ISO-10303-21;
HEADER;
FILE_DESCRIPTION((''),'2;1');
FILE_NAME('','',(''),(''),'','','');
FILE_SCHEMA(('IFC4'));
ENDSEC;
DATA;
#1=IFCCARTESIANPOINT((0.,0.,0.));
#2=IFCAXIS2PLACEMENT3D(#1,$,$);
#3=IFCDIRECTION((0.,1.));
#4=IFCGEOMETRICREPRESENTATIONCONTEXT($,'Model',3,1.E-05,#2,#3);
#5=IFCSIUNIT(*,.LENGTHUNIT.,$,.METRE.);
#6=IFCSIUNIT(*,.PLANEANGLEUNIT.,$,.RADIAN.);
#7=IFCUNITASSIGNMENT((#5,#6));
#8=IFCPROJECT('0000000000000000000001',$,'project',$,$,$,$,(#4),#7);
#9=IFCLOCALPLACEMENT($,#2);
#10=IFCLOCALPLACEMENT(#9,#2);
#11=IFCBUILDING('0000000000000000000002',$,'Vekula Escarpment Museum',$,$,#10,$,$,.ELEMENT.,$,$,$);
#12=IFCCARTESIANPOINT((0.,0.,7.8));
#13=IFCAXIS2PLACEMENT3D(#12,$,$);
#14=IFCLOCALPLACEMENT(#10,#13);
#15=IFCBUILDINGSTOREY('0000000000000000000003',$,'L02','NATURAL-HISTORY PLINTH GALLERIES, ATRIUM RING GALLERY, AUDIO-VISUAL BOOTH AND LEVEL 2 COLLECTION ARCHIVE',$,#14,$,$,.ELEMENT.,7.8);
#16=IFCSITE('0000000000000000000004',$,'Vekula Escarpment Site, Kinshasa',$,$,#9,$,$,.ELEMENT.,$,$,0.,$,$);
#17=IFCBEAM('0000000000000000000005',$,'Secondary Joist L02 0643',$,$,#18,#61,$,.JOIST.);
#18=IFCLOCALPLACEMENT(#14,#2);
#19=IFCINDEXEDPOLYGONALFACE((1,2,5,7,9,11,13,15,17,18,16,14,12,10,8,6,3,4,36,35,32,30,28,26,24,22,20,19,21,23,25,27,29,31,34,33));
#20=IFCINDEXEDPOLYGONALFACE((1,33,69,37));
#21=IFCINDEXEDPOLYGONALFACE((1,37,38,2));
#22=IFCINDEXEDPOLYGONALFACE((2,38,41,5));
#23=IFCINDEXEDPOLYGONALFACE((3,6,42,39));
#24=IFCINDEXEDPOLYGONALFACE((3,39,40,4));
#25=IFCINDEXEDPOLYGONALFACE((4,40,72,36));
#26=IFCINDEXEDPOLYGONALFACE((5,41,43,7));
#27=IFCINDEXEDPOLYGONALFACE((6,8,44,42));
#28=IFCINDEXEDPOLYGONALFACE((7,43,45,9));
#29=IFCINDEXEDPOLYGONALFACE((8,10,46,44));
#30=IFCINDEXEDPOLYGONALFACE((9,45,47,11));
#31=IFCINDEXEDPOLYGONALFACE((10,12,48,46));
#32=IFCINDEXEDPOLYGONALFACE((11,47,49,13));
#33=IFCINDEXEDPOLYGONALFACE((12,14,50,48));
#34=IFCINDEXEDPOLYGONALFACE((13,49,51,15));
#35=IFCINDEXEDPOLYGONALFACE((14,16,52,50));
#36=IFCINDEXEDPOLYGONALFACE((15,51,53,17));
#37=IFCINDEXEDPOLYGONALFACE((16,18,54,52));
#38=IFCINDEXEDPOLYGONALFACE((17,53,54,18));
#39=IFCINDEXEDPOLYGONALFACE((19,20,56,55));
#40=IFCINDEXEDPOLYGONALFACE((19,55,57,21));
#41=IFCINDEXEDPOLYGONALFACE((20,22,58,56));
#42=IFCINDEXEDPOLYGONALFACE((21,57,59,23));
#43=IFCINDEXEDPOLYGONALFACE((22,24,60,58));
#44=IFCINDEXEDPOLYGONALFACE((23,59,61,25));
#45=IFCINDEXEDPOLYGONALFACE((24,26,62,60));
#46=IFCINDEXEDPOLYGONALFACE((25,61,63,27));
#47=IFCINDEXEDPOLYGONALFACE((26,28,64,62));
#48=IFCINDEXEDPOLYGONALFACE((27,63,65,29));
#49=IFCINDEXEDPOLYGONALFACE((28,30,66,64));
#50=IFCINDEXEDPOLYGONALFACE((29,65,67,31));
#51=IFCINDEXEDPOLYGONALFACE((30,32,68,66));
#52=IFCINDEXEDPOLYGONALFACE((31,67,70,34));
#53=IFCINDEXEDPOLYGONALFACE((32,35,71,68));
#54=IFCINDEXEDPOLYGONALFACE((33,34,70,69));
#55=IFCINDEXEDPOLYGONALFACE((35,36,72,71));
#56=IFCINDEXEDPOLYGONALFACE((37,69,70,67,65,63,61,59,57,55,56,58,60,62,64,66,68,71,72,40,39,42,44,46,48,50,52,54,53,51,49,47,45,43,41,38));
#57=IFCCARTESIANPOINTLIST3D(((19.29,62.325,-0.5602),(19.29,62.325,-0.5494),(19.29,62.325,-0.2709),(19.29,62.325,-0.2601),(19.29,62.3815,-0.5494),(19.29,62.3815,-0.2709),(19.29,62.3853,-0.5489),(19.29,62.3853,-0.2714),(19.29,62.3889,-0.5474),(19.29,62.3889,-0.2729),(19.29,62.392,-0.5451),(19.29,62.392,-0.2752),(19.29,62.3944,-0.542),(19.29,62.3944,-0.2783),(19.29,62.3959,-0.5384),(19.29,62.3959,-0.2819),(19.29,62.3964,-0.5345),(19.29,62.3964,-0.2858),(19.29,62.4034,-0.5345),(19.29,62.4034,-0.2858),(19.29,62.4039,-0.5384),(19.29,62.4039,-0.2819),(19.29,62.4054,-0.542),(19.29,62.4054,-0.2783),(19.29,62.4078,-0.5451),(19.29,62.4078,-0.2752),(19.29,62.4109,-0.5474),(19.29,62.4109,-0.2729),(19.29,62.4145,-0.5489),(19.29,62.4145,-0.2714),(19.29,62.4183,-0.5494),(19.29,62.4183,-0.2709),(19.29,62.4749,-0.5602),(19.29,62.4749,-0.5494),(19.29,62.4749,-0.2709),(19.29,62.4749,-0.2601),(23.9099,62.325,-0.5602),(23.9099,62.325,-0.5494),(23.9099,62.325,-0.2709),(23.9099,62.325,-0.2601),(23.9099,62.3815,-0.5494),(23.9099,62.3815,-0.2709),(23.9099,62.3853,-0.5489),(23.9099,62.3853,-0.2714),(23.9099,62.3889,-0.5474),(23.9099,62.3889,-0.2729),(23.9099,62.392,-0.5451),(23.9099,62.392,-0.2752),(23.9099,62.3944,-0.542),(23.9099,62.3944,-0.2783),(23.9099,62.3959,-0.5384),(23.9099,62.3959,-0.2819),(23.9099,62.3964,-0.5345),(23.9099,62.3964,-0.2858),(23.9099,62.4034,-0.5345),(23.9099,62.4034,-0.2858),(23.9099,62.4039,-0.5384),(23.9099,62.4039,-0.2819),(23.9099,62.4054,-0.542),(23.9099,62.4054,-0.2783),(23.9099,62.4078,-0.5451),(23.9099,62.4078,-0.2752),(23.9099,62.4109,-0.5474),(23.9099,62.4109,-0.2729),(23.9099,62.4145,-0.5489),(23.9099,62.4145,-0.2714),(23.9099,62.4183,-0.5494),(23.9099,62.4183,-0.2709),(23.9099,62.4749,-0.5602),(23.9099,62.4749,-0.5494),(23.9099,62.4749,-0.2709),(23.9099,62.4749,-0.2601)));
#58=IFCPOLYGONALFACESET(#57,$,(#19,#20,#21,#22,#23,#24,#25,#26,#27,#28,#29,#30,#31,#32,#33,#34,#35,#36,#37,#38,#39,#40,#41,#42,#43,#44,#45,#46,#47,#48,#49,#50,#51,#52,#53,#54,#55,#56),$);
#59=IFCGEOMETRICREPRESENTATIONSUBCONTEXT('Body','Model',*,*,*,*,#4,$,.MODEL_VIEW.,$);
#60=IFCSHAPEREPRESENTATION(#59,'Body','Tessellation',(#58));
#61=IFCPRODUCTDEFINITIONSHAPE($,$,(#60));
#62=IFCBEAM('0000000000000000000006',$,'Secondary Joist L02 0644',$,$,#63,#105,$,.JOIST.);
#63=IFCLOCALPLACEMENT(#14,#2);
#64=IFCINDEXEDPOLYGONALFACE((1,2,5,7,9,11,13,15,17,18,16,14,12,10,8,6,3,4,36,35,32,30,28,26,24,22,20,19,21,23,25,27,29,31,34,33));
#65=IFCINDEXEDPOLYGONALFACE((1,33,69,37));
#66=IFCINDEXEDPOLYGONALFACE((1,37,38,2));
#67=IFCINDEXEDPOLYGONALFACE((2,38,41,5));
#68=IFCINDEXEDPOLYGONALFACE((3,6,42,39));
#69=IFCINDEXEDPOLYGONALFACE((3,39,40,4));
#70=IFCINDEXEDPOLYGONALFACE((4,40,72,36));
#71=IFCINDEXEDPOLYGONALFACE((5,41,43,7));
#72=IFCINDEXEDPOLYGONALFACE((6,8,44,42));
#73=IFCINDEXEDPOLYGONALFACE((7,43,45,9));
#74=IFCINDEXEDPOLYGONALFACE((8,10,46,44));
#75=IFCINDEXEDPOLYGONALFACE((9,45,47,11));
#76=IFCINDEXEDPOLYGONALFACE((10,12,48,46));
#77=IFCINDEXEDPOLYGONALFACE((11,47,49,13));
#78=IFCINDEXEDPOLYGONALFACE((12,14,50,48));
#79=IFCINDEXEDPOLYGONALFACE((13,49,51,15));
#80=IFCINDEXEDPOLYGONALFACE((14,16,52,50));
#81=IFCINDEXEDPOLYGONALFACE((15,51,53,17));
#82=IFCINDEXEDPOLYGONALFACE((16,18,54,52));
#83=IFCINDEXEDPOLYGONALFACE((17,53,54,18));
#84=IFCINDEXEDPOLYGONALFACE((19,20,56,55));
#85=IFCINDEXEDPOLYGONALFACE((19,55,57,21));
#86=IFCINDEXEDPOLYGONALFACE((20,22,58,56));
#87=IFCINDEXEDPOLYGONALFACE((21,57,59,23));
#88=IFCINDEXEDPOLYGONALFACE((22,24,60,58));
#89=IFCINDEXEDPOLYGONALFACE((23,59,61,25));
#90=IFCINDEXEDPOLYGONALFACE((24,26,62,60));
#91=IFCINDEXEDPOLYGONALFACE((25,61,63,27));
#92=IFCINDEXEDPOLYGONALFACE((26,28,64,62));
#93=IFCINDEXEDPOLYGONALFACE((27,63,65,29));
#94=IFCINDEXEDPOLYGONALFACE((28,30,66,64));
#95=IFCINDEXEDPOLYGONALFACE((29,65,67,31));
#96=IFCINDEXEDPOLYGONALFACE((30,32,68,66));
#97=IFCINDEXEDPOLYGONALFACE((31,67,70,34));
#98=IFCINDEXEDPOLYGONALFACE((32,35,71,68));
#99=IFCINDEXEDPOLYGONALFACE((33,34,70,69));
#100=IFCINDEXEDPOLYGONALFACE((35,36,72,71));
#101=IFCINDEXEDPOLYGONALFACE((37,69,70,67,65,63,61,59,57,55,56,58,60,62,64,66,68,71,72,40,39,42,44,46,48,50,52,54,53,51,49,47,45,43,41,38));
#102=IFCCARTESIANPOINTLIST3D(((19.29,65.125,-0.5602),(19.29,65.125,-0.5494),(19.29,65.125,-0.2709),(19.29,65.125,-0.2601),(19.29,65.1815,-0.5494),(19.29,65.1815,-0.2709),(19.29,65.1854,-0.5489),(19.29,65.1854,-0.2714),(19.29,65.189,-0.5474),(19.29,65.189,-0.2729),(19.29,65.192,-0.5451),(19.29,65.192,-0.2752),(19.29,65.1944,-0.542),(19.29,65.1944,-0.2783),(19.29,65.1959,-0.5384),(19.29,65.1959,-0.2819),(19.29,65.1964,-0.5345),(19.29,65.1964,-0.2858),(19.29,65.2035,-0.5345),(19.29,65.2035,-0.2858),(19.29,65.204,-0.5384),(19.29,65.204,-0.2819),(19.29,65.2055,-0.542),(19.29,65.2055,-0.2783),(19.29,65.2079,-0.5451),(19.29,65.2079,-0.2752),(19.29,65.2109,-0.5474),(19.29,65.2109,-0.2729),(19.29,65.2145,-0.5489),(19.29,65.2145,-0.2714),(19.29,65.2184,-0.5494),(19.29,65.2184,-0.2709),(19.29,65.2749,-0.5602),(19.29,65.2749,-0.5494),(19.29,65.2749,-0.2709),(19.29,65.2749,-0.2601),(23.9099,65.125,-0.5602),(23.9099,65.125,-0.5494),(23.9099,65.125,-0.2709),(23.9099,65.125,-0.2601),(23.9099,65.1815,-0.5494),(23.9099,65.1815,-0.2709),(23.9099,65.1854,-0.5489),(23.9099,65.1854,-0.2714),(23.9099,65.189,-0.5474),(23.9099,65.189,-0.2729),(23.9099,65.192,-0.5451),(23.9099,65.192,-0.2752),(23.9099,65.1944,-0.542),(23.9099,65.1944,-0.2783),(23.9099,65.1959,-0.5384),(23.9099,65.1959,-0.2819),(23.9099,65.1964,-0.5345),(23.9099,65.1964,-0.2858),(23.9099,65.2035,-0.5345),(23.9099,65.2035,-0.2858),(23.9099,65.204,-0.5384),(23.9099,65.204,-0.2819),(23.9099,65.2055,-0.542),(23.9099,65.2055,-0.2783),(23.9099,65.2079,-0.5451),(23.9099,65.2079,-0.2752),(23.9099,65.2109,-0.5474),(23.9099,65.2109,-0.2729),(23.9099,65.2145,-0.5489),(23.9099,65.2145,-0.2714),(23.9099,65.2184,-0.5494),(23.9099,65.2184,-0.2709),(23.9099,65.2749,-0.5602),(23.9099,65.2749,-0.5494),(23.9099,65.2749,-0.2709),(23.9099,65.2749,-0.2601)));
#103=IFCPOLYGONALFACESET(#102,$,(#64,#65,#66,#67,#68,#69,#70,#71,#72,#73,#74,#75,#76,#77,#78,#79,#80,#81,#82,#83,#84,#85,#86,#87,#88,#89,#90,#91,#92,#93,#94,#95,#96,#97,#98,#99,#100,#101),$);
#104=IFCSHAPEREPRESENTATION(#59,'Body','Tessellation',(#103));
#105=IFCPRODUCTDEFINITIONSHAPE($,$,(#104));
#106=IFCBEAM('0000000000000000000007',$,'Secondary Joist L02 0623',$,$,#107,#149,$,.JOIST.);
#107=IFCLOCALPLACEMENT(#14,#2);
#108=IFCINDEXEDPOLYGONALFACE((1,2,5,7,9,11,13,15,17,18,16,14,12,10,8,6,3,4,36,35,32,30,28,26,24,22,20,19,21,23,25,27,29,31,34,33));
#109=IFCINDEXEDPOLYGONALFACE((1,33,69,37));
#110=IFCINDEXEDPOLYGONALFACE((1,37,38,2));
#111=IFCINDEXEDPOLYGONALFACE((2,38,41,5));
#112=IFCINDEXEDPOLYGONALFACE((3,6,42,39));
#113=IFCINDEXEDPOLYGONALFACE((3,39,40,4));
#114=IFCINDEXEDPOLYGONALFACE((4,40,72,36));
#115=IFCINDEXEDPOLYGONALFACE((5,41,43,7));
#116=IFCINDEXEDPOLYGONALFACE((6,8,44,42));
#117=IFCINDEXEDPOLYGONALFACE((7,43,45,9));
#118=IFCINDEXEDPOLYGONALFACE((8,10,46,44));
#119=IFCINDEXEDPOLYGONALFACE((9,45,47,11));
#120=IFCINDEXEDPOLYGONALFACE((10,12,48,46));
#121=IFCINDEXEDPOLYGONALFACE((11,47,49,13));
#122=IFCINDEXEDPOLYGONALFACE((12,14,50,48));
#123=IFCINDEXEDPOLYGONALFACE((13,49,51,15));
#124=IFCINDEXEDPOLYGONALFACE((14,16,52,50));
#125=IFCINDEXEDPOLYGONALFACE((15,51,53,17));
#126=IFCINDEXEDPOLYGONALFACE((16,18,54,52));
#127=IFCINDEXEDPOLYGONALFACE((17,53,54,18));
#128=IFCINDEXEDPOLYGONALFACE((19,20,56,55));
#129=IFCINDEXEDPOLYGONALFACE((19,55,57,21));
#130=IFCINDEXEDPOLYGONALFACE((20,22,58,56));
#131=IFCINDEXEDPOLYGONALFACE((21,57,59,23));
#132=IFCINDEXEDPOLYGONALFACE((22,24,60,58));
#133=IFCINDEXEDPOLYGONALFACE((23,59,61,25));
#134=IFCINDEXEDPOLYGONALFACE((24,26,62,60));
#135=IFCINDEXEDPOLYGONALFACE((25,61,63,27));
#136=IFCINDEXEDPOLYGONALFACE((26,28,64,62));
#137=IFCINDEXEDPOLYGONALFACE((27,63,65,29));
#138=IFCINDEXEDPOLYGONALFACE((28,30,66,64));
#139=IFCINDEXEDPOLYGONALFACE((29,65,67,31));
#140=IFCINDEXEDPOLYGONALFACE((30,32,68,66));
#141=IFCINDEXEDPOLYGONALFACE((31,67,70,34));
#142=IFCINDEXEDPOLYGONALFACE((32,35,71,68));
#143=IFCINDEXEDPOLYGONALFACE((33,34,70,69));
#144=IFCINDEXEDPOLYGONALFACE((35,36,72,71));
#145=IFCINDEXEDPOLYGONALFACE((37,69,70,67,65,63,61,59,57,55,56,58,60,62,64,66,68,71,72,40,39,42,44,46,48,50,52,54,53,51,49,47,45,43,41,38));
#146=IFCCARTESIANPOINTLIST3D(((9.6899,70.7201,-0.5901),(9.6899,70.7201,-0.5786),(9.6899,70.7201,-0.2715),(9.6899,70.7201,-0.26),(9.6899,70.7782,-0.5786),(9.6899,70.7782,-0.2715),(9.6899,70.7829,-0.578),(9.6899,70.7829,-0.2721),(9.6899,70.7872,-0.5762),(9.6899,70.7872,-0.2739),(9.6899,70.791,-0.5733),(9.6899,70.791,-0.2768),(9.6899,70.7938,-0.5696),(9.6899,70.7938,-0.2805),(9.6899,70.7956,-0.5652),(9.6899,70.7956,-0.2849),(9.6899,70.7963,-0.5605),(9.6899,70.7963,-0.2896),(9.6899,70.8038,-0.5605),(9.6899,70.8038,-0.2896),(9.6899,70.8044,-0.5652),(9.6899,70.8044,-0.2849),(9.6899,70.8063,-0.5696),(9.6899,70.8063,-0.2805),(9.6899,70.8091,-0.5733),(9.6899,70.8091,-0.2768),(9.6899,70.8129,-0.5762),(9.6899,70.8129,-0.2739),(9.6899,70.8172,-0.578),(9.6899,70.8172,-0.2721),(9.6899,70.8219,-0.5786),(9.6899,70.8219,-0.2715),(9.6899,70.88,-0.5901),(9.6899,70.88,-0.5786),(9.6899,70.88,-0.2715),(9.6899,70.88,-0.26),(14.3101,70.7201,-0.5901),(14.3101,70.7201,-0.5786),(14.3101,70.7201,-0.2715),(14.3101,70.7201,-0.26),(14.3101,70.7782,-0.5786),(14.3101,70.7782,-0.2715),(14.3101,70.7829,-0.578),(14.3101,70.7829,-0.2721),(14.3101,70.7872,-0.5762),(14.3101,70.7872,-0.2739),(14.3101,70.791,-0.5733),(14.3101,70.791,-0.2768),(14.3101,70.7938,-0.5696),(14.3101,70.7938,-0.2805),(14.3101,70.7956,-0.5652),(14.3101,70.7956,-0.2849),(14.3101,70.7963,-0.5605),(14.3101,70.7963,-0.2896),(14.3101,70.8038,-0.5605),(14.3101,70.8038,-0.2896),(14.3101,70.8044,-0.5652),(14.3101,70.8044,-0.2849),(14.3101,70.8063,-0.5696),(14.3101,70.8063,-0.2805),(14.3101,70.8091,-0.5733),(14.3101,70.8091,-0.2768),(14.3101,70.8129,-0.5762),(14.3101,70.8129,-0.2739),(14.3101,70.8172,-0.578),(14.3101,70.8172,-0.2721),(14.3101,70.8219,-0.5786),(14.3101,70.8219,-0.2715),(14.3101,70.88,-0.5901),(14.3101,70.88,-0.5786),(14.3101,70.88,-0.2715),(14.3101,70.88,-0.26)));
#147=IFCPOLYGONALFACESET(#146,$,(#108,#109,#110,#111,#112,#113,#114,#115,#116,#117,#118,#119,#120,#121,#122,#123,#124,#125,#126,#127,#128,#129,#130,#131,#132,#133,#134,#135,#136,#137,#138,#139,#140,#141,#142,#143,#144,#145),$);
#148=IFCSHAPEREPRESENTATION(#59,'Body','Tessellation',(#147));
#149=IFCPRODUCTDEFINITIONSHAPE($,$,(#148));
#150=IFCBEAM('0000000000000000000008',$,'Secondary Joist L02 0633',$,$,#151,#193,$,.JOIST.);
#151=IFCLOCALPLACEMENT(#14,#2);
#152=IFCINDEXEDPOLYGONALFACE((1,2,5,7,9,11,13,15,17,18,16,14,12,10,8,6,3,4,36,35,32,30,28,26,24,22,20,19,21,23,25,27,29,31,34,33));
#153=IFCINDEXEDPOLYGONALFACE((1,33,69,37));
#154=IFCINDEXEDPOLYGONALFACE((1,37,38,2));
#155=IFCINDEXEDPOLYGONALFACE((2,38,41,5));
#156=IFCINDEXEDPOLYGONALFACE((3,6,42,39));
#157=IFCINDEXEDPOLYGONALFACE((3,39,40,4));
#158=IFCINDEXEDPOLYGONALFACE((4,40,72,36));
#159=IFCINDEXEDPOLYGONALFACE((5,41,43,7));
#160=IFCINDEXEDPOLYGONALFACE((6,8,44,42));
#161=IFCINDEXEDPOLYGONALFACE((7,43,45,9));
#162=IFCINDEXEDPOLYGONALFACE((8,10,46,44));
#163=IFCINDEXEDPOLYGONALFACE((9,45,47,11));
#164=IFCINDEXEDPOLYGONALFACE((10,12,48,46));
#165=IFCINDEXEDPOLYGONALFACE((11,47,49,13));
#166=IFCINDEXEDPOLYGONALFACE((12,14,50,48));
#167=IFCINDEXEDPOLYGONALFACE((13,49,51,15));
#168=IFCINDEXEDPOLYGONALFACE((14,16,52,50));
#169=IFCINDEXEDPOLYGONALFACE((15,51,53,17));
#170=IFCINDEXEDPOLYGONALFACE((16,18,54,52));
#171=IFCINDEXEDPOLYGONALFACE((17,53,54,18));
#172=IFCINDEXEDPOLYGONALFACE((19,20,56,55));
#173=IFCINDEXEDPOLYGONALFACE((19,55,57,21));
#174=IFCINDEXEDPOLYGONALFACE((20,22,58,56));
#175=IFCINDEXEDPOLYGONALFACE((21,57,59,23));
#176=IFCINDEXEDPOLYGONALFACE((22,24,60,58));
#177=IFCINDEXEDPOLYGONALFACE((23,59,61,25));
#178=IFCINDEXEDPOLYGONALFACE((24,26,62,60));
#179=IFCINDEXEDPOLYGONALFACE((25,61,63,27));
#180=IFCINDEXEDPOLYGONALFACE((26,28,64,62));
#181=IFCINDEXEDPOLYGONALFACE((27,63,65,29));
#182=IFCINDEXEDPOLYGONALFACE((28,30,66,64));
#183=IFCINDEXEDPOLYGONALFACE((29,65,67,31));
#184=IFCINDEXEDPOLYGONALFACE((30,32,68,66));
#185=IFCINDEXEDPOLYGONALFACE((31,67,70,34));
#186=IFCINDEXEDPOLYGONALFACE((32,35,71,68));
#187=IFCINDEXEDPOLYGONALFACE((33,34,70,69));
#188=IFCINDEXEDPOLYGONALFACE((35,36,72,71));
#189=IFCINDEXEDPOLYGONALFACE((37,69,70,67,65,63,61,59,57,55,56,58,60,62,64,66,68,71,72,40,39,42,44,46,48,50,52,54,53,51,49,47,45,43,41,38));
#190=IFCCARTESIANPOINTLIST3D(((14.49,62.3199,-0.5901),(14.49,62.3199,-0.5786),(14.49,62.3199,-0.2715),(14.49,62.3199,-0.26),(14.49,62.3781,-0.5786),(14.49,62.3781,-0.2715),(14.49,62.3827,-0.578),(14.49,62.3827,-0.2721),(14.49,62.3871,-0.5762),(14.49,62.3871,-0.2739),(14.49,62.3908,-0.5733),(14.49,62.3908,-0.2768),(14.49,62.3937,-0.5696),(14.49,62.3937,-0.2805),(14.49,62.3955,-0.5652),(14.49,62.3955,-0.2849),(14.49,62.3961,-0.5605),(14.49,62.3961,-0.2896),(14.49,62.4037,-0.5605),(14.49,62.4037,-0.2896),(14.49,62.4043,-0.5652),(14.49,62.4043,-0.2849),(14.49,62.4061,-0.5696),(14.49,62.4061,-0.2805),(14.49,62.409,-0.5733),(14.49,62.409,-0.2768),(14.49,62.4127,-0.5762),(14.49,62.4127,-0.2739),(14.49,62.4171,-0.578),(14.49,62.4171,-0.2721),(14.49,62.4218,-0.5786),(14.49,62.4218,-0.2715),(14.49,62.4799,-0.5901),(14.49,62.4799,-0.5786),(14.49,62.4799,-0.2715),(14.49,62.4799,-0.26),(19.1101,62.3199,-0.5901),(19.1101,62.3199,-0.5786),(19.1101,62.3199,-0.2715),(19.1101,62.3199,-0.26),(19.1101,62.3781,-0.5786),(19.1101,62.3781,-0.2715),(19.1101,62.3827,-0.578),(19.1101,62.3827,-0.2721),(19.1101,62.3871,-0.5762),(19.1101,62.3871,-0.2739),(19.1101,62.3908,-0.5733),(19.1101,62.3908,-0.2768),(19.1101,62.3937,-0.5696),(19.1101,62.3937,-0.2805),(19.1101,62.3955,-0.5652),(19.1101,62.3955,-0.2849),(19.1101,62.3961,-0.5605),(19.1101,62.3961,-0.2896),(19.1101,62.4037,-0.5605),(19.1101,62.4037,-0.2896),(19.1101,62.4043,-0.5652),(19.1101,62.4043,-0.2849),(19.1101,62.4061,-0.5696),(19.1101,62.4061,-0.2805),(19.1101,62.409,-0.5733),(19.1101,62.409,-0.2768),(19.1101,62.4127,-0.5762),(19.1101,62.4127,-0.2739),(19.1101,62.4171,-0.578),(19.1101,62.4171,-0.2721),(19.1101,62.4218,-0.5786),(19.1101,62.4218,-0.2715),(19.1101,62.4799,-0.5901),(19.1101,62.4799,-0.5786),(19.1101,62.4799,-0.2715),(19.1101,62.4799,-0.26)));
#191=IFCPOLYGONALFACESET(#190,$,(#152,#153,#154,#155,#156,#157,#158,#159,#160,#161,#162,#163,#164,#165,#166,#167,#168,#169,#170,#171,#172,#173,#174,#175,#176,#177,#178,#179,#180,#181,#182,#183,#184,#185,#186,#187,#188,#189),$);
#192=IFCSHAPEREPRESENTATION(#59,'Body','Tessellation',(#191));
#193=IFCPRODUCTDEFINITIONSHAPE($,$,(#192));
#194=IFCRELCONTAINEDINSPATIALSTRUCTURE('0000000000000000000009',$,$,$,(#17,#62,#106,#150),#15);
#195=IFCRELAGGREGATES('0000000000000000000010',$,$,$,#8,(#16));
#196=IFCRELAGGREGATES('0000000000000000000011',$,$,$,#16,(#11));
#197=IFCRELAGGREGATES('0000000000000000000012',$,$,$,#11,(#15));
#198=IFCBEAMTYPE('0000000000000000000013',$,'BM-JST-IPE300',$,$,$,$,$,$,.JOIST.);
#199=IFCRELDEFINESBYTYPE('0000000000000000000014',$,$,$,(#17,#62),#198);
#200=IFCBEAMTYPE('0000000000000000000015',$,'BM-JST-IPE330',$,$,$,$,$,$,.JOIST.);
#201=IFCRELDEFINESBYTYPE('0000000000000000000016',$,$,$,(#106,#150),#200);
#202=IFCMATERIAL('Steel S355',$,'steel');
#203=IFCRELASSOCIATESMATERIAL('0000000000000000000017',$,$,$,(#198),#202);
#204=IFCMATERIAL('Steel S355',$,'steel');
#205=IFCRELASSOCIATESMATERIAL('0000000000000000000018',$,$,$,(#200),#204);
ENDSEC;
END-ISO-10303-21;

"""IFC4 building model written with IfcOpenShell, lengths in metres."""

from ifc_helpers import new_model, si_unit, direction, frame, origin, origin_2d, place, context, subcontext, project, spatial, i_section, extrude, material, material_profile, profile_set, type_object, element, save


model = new_model("IFC4")

# Units and contexts
model_context = context("Model", 3, precision=1e-05, world=origin(), true_north=direction((0.0, 1.0)))
body_context = subcontext(model_context, "Body", "Model", "MODEL_VIEW")
ifc_project = project(units=[si_unit("LENGTHUNIT", "METRE"), si_unit("PLANEANGLEUNIT", "RADIAN")], contexts=[model_context])

# Site, building, storey
site_placement = place(None, origin())
site = spatial("IfcSite", under=ifc_project, at=site_placement, Name="Vekula Escarpment Site, Kinshasa", CompositionType="ELEMENT", RefElevation=0.0)
building_placement = place(site_placement, origin())
building = spatial("IfcBuilding", under=site, at=building_placement, Name="Vekula Escarpment Museum", CompositionType="ELEMENT")
storey_placement = place(building_placement, frame((0.0, 0.0, 7.8)))
storey = spatial("IfcBuildingStorey", under=building, at=storey_placement, Name="L02", Description="NATURAL-HISTORY PLINTH GALLERIES, ATRIUM RING GALLERY, AUDIO-VISUAL BOOTH AND LEVEL 2 COLLECTION ARCHIVE", CompositionType="ELEMENT", Elevation=7.8)

# Beams
ifc_material_1 = material(Name="Steel S355", Category="steel")
ifc_material_profile_1 = material_profile(ifc_material_1, i_section(OverallWidth=0.1499, OverallDepth=0.3, WebThickness=0.0071, FlangeThickness=0.0107, FilletRadius=0.0149, at=origin_2d()), Name="IPE 300")
ifc_profile_set_1 = profile_set([ifc_material_profile_1], Name="Steel S355")
beam_type_1 = type_object("IfcBeamType", Name="BM-JST-IPE300", PredefinedType="JOIST", material=ifc_profile_set_1)
for number, where, z_axis, x_axis, name in (
    (1, (19.29, 62.3999, -0.4102), (1.0, 0.0, 0.0), (0.0, 1.0, 0.0), "Secondary Joist L02 0643"),
    (2, (19.29, 65.2, -0.4102), (1.0, 0.0, 0.0), (0.0, 1.0, 0.0), "Secondary Joist L02 0644"),
):
    element("IfcBeam", number, at=place(storey_placement, frame(where, z_axis=z_axis, x_axis=x_axis)), inside=storey, type_object=beam_type_1, Name=name, PredefinedType="JOIST", context=body_context, shape_type="SweptSolid", body=[
        extrude(i_section(OverallWidth=0.1499, OverallDepth=0.3, WebThickness=0.0071, FlangeThickness=0.0107, FilletRadius=0.0149, at=origin_2d()), origin(), (0.0, 0.0, 1.0), 4.6199),
    ])
ifc_material_2 = material(Name="Steel S355", Category="steel")
ifc_material_profile_2 = material_profile(ifc_material_2, i_section(OverallWidth=0.1599, OverallDepth=0.3301, WebThickness=0.0076, FlangeThickness=0.0115, FilletRadius=0.0181, at=origin_2d()), Name="IPE 330")
ifc_profile_set_2 = profile_set([ifc_material_profile_2], Name="Steel S355")
beam_type_2 = type_object("IfcBeamType", Name="BM-JST-IPE330", PredefinedType="JOIST", material=ifc_profile_set_2)
for number, where, z_axis, x_axis, name in (
    (3, (9.6899, 70.8, -0.425), (1.0, 0.0, 0.0), (0.0, 1.0, 0.0), "Secondary Joist L02 0623"),
    (4, (14.49, 62.3999, -0.425), (1.0, 0.0, 0.0), (0.0, 1.0, 0.0), "Secondary Joist L02 0633"),
):
    element("IfcBeam", number, at=place(storey_placement, frame(where, z_axis=z_axis, x_axis=x_axis)), inside=storey, type_object=beam_type_2, Name=name, PredefinedType="JOIST", context=body_context, shape_type="SweptSolid", body=[
        extrude(i_section(OverallWidth=0.1599, OverallDepth=0.3301, WebThickness=0.0076, FlangeThickness=0.0115, FilletRadius=0.0181, at=origin_2d()), origin(), (0.0, 0.0, 1.0), 4.6201),
    ])

save(model, "model.ifc")
